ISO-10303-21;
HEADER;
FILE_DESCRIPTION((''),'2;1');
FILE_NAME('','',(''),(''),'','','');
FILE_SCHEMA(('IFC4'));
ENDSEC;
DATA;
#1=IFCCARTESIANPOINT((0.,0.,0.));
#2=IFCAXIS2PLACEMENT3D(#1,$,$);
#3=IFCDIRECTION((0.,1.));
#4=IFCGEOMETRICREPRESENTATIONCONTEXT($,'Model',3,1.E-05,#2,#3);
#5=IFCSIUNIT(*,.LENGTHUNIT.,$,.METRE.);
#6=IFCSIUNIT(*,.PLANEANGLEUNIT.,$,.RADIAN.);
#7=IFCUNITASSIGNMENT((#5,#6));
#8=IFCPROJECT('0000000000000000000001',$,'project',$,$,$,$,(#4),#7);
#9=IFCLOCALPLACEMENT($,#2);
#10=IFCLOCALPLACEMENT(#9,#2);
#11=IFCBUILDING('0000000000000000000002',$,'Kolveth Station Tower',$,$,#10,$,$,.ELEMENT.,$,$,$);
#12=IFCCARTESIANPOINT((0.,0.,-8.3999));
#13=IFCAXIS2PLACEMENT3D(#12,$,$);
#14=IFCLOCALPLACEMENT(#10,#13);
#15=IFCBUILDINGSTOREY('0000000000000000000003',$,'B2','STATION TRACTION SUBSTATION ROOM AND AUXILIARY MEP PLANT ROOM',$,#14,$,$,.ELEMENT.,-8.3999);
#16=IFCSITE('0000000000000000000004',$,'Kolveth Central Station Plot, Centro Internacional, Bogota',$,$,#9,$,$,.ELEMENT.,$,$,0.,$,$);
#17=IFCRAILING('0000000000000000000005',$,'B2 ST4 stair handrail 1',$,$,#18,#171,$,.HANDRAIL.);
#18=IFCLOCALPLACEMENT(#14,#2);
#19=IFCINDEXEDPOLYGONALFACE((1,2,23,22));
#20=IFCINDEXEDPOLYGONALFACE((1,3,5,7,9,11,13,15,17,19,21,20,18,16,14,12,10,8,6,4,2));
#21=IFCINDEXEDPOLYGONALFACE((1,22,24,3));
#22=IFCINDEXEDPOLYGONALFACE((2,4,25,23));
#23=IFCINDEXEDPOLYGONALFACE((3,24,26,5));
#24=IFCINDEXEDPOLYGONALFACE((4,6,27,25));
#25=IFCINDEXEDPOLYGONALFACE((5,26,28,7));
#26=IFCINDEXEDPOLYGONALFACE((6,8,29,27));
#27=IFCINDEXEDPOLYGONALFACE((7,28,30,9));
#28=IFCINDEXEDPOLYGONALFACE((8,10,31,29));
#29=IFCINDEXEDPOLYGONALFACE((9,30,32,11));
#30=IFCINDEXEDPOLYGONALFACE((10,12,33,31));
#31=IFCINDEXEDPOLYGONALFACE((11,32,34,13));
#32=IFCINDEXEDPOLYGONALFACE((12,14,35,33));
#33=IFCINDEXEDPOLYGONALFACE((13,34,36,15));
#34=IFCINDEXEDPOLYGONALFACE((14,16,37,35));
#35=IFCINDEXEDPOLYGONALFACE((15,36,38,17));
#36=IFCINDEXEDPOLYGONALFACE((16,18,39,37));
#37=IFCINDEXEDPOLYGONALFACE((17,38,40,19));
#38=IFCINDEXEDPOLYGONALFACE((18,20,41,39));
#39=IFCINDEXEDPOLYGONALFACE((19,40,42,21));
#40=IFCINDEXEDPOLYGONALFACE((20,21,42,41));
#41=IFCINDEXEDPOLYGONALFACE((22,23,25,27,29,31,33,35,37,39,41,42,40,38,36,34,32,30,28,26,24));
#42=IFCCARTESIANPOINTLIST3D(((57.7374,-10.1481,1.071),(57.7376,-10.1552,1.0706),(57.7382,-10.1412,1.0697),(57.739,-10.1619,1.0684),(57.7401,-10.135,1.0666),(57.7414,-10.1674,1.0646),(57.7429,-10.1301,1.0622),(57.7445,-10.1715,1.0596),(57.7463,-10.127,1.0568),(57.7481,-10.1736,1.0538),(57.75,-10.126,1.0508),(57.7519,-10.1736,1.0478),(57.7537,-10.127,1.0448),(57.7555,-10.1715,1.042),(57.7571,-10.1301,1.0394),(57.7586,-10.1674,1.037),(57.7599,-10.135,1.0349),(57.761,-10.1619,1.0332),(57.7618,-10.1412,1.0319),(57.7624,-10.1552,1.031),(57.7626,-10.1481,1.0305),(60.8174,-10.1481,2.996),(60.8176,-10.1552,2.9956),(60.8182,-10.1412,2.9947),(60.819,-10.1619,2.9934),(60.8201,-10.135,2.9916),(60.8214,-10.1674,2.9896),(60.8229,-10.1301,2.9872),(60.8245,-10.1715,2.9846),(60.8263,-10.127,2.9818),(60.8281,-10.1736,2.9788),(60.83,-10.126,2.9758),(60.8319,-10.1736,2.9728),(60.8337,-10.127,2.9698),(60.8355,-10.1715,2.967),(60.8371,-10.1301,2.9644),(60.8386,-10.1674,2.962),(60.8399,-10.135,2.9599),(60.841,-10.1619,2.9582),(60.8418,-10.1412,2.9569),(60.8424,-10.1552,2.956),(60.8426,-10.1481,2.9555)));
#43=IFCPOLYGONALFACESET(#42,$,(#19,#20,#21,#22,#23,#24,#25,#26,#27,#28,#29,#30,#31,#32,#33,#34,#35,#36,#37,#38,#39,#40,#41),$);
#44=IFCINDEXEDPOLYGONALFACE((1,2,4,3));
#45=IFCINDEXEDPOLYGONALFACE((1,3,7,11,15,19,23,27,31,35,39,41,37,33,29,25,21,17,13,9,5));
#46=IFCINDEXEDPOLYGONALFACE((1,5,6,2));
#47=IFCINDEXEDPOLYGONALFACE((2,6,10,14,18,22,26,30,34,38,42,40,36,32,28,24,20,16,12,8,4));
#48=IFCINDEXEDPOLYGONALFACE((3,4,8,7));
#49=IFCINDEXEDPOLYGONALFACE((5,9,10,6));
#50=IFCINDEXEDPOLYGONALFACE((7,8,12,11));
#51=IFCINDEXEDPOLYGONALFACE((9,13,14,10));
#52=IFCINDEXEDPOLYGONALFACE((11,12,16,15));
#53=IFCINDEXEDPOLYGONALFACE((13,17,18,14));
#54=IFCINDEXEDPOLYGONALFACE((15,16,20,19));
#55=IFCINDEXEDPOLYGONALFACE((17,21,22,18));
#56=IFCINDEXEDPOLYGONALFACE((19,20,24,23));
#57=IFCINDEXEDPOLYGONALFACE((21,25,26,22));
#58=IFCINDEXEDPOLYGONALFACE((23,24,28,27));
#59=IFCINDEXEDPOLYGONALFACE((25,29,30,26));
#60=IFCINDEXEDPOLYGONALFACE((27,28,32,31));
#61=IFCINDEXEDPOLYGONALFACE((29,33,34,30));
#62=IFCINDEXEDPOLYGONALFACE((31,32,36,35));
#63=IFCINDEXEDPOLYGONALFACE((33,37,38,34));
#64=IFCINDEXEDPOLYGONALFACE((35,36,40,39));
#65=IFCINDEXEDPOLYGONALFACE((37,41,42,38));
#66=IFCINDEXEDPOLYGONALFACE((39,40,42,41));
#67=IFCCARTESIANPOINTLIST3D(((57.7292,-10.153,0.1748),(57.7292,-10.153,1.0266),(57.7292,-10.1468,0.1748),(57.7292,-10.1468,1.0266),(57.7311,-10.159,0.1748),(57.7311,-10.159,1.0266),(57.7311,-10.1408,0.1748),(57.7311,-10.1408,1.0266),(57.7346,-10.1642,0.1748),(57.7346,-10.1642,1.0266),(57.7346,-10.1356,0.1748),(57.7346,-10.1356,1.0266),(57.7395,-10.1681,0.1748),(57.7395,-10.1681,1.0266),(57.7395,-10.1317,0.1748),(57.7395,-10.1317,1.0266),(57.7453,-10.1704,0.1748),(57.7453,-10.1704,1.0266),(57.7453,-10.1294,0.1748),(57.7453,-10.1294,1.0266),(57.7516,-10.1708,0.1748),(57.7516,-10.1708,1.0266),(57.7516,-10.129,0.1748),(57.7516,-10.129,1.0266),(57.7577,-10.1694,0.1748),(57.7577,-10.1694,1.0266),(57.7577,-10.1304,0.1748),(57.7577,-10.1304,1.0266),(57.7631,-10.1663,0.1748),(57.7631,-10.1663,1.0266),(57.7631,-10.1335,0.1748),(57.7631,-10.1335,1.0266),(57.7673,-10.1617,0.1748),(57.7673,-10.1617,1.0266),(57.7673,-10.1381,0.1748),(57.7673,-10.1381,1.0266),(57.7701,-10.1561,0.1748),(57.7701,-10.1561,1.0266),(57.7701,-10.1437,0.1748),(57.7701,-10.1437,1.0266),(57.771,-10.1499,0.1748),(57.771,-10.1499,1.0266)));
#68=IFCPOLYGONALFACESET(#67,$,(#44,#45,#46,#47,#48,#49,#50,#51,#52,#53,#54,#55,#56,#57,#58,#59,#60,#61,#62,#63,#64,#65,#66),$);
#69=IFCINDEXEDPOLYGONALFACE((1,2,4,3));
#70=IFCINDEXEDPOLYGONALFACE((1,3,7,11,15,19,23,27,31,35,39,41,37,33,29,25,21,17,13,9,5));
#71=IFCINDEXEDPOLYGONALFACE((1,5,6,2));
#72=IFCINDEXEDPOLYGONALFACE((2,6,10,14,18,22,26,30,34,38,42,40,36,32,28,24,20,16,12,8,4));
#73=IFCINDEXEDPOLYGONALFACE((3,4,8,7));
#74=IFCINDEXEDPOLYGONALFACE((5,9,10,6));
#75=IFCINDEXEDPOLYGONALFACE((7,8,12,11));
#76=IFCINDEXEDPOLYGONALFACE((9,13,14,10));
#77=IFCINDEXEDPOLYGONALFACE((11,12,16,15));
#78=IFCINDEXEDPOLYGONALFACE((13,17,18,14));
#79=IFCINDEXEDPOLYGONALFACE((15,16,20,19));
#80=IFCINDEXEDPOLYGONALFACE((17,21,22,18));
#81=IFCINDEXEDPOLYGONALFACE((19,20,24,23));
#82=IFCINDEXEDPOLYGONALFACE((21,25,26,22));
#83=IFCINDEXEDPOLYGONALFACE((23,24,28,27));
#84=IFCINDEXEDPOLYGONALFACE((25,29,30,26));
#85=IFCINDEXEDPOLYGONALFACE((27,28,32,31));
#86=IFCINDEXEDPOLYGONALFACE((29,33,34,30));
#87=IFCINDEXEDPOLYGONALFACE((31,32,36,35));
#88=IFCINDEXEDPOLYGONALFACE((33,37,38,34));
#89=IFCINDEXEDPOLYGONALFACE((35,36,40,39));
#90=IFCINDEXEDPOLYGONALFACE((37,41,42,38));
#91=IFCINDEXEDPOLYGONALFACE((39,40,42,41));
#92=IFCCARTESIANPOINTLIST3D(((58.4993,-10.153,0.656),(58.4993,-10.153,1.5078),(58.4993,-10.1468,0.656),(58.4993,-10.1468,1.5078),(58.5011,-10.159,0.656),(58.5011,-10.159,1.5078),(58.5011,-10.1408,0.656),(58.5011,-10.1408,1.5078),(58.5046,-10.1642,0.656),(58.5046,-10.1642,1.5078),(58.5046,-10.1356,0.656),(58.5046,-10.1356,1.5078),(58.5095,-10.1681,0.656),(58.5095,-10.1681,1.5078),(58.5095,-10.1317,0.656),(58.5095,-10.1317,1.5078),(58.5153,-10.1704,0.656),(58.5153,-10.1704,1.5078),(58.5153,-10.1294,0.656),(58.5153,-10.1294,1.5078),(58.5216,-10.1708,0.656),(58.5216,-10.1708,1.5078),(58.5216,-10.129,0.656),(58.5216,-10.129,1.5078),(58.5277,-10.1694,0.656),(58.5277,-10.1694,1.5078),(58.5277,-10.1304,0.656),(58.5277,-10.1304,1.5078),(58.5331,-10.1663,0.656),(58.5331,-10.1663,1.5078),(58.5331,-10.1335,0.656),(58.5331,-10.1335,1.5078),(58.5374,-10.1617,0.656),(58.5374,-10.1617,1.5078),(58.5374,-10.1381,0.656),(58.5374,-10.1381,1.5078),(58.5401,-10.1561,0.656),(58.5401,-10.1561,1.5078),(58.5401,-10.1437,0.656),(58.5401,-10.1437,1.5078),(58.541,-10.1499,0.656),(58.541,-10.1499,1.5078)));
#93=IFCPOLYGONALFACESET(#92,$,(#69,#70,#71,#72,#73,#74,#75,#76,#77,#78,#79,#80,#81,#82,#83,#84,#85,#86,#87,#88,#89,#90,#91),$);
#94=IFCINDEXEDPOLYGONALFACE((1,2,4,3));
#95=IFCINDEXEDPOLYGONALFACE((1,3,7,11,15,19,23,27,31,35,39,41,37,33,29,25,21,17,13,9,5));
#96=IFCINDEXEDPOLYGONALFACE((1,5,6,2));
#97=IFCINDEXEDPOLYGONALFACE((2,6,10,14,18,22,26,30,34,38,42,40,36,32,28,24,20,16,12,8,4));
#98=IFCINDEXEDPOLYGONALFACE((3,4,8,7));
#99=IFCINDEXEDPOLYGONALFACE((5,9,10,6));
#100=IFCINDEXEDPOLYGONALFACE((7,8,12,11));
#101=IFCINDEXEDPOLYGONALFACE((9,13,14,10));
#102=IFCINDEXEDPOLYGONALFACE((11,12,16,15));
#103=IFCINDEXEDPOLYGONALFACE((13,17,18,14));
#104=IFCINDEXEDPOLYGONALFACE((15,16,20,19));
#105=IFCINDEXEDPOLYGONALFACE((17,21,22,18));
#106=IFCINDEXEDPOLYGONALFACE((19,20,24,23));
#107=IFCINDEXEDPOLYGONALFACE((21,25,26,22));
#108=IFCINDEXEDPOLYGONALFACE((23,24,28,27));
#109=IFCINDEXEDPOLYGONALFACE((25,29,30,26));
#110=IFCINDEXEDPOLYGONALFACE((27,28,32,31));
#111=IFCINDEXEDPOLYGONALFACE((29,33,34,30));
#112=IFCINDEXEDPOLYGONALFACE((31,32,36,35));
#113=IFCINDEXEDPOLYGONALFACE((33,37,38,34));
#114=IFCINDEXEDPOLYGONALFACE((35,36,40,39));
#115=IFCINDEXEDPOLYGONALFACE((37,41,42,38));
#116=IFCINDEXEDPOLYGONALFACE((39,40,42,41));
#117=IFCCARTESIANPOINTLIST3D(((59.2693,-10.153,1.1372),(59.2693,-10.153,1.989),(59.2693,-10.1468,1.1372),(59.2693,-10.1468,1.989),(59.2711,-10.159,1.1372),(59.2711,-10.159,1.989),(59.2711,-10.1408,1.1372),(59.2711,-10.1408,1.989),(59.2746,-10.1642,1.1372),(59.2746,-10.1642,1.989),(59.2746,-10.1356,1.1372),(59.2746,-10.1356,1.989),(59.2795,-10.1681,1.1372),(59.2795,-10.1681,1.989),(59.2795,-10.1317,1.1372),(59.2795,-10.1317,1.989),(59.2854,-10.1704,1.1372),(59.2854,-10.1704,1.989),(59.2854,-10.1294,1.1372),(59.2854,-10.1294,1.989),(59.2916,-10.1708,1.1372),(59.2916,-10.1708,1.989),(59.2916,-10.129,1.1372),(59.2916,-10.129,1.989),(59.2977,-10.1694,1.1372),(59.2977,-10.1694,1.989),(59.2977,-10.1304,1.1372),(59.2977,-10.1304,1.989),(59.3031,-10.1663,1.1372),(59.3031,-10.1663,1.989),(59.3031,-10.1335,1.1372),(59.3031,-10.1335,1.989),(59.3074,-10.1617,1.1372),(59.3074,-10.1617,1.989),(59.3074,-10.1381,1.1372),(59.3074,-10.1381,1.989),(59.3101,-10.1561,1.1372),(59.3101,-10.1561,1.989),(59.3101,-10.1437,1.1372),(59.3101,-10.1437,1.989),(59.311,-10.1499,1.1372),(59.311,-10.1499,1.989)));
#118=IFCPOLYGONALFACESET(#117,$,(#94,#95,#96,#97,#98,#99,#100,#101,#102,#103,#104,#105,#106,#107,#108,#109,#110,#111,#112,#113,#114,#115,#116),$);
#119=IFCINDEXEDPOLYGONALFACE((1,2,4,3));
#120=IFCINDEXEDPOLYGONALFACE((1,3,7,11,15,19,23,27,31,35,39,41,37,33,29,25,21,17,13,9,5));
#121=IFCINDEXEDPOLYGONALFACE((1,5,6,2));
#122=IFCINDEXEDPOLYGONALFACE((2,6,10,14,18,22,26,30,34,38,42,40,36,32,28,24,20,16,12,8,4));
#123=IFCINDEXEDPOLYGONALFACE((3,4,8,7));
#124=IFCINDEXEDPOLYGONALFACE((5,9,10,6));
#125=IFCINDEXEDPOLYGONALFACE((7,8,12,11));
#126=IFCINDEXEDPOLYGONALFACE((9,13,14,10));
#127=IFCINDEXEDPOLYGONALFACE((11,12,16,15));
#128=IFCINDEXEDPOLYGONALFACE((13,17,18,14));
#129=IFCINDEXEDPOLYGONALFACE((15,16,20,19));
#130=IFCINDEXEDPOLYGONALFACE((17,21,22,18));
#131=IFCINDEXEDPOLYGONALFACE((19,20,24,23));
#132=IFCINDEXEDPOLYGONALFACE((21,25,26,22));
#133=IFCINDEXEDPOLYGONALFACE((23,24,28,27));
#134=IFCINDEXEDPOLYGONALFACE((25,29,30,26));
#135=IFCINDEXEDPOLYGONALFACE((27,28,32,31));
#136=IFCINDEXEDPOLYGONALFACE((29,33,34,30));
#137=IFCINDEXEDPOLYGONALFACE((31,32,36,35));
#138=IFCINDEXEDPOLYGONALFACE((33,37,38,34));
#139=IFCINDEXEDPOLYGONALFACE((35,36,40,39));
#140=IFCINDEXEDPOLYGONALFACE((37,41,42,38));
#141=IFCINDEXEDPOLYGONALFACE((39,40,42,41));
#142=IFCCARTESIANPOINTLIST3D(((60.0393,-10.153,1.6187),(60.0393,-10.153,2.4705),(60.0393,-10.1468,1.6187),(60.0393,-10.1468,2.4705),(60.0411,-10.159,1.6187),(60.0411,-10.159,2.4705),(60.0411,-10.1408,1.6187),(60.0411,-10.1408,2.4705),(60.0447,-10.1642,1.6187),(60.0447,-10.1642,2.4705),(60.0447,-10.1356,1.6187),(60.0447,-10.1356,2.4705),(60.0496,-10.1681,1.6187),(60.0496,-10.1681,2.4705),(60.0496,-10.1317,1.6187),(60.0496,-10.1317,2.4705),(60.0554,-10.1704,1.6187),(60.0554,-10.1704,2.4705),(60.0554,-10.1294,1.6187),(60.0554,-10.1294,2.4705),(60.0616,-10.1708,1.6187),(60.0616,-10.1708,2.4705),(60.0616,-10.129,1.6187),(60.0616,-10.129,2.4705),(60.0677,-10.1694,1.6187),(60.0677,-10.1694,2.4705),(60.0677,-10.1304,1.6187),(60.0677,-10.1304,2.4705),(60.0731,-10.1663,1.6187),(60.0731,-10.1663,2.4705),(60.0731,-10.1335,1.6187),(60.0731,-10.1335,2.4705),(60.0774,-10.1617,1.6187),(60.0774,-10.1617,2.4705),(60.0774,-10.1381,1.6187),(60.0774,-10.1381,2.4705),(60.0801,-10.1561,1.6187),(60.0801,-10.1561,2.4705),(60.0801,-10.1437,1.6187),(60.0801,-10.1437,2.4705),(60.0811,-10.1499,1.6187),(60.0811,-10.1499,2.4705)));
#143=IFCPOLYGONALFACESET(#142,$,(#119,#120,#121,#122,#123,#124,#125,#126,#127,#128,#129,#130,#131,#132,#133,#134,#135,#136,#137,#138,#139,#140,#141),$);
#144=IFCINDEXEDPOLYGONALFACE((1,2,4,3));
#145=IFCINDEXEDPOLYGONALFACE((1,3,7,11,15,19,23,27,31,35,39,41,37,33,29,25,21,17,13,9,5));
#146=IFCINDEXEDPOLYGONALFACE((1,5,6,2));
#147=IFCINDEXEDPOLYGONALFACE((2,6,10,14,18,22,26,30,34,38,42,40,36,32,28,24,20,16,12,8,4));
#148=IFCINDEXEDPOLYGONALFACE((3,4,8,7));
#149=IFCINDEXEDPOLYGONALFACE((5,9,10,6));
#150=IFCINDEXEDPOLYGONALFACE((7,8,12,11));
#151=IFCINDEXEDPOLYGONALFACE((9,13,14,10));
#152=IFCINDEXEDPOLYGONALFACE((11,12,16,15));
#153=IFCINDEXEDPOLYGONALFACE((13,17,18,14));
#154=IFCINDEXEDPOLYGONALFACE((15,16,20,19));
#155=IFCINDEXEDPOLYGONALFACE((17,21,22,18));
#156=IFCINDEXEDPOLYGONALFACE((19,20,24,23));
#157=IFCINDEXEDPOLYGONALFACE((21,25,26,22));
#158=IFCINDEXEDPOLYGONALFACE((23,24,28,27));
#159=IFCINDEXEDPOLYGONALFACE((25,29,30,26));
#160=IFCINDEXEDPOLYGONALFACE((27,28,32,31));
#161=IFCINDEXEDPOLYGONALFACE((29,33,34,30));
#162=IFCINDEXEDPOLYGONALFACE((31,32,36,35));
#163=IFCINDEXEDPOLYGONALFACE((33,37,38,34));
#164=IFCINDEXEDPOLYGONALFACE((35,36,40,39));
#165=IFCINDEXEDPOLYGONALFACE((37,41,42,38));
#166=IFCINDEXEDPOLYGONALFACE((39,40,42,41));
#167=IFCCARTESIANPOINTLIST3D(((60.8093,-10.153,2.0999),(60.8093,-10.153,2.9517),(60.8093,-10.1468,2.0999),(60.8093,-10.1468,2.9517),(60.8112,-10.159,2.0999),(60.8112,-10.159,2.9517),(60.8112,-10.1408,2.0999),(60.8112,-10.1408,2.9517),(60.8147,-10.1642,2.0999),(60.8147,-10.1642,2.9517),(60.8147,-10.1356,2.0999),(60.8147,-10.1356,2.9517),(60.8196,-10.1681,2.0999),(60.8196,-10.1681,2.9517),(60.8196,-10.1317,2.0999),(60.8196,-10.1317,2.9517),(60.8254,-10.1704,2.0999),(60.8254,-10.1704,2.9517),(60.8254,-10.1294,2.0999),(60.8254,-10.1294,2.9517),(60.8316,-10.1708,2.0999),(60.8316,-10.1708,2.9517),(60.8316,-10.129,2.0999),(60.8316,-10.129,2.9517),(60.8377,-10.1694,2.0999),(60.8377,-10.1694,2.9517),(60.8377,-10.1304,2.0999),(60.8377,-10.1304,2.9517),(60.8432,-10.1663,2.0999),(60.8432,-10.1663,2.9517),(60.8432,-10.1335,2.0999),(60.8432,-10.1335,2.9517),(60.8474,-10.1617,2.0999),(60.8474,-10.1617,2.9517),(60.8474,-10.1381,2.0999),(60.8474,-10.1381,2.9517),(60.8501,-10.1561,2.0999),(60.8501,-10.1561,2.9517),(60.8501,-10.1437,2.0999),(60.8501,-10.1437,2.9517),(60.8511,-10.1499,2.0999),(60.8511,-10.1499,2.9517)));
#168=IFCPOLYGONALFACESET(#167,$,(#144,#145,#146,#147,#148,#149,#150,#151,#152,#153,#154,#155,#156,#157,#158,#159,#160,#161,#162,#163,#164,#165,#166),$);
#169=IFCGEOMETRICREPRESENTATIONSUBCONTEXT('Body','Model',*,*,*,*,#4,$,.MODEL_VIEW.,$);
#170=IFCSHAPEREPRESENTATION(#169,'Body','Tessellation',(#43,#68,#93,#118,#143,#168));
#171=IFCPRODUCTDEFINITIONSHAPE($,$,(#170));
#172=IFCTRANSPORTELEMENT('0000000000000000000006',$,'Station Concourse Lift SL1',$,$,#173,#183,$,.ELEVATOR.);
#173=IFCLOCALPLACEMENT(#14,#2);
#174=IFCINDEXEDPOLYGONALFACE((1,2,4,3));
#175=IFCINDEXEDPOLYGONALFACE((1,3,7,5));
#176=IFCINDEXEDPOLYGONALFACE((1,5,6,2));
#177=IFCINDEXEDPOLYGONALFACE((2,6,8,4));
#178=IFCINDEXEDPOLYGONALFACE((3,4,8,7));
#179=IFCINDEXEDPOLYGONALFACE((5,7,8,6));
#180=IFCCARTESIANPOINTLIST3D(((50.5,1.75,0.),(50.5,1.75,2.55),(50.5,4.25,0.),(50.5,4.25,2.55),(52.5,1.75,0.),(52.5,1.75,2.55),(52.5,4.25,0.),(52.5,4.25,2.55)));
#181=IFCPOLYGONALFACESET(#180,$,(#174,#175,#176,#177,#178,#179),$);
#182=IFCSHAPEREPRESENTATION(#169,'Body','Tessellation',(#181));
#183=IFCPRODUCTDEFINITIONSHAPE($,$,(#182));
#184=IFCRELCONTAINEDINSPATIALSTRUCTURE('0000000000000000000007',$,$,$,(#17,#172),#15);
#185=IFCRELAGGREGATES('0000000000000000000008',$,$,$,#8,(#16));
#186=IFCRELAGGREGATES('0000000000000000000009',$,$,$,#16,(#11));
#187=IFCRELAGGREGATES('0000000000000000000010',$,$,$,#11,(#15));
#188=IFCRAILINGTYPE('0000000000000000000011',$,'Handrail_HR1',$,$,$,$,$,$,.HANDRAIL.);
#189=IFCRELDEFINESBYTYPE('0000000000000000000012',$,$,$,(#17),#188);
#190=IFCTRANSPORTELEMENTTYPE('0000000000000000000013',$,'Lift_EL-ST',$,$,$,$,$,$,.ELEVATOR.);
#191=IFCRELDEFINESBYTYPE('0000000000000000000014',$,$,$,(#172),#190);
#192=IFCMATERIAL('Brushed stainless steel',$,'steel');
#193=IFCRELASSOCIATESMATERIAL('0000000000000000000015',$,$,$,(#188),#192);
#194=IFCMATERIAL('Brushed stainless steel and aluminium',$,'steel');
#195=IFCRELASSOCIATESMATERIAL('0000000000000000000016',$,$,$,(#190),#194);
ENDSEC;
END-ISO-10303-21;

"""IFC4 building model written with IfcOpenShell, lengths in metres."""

from ifc_helpers import new_model, si_unit, direction, frame, origin, origin_2d, place, context, subcontext, project, spatial, rectangle, circle, extrude, source, transform, mapped, material, type_object, element, save


model = new_model("IFC4")

# Units and contexts
model_context = context("Model", 3, precision=1e-05, world=origin(), true_north=direction((0.0, 1.0)))
body_context = subcontext(model_context, "Body", "Model", "MODEL_VIEW")
ifc_project = project(units=[si_unit("LENGTHUNIT", "METRE"), si_unit("PLANEANGLEUNIT", "RADIAN")], contexts=[model_context])

# Site, building, storey
site_placement = place(None, origin())
site = spatial("IfcSite", under=ifc_project, at=site_placement, Name="Kolveth Central Station Plot, Centro Internacional, Bogota", CompositionType="ELEMENT", RefElevation=0.0)
building_placement = place(site_placement, origin())
building = spatial("IfcBuilding", under=site, at=building_placement, Name="Kolveth Station Tower", CompositionType="ELEMENT")
storey_placement = place(building_placement, frame((0.0, 0.0, -8.3999)))
storey = spatial("IfcBuildingStorey", under=building, at=storey_placement, Name="B2", Description="STATION TRACTION SUBSTATION ROOM AND AUXILIARY MEP PLANT ROOM", CompositionType="ELEMENT", Elevation=-8.3999)

# Railing
ifc_material_1 = material(Name="Brushed stainless steel", Category="steel")
railing_type_1 = type_object("IfcRailingType", Name="Handrail_HR1", PredefinedType="HANDRAIL", material=ifc_material_1)
railing_1_placement = place(storey_placement, frame((57.75, -10.1499, 0.1748)))
element("IfcRailing", 1, at=railing_1_placement, inside=storey, type_object=railing_type_1, Name="B2 ST4 stair handrail 1", PredefinedType="HANDRAIL", context=body_context, shape_type="SweptSolid", body=[
    extrude(circle(Radius=0.0239, at=origin_2d()), frame((0.0, 0.0, 0.876), z_axis=(0.847998, 0.0, 0.529999), x_axis=(0.0, 1.0, 0.0)), (0.0, 0.0, 1.0), 3.6321),
    extrude(circle(Radius=0.021, at=origin_2d()), origin(), (0.0, 0.0, 1.0), 0.8518),
    extrude(circle(Radius=0.021, at=origin_2d()), frame((0.77, 0.0, 0.4812)), (0.0, 0.0, 1.0), 0.8518),
    extrude(circle(Radius=0.021, at=origin_2d()), frame((1.54, 0.0, 0.9624)), (0.0, 0.0, 1.0), 0.8518),
    extrude(circle(Radius=0.021, at=origin_2d()), frame((2.3101, 0.0, 1.4438)), (0.0, 0.0, 1.0), 0.8518),
    extrude(circle(Radius=0.021, at=origin_2d()), frame((3.0801, 0.0, 1.925)), (0.0, 0.0, 1.0), 0.8518),
])

# Transport element
ifc_material_2 = material(Name="Brushed stainless steel and aluminium", Category="steel")
transport_element_type = type_object("IfcTransportElementType", Name="Lift_EL-ST", PredefinedType="ELEVATOR", material=ifc_material_2)
shared_shape_1 = source(origin(), body_context, "Body", "SweptSolid", [
    extrude(rectangle(XDim=2.0, YDim=2.5, at=origin_2d()), origin(), (0.0, 0.0, 1.0), 2.55),
])
transport_element_placement = place(storey_placement, frame((51.5, 3.0, 0.0), z_axis=(0.0, 0.0, 1.0), x_axis=(1.0, 0.0, 0.0)))
element("IfcTransportElement", 2, at=transport_element_placement, inside=storey, type_object=transport_element_type, Name="Station Concourse Lift SL1", PredefinedType="ELEVATOR", context=body_context, shape_type="MappedRepresentation", body=[
    mapped(shared_shape_1, transform((0.0, 0.0, 0.0), x_axis=(1.0, 0.0, 0.0), y_axis=(0.0, 1.0, 0.0), z_axis=(0.0, 0.0, 1.0), scale=1.0)),
])

save(model, "model.ifc")
